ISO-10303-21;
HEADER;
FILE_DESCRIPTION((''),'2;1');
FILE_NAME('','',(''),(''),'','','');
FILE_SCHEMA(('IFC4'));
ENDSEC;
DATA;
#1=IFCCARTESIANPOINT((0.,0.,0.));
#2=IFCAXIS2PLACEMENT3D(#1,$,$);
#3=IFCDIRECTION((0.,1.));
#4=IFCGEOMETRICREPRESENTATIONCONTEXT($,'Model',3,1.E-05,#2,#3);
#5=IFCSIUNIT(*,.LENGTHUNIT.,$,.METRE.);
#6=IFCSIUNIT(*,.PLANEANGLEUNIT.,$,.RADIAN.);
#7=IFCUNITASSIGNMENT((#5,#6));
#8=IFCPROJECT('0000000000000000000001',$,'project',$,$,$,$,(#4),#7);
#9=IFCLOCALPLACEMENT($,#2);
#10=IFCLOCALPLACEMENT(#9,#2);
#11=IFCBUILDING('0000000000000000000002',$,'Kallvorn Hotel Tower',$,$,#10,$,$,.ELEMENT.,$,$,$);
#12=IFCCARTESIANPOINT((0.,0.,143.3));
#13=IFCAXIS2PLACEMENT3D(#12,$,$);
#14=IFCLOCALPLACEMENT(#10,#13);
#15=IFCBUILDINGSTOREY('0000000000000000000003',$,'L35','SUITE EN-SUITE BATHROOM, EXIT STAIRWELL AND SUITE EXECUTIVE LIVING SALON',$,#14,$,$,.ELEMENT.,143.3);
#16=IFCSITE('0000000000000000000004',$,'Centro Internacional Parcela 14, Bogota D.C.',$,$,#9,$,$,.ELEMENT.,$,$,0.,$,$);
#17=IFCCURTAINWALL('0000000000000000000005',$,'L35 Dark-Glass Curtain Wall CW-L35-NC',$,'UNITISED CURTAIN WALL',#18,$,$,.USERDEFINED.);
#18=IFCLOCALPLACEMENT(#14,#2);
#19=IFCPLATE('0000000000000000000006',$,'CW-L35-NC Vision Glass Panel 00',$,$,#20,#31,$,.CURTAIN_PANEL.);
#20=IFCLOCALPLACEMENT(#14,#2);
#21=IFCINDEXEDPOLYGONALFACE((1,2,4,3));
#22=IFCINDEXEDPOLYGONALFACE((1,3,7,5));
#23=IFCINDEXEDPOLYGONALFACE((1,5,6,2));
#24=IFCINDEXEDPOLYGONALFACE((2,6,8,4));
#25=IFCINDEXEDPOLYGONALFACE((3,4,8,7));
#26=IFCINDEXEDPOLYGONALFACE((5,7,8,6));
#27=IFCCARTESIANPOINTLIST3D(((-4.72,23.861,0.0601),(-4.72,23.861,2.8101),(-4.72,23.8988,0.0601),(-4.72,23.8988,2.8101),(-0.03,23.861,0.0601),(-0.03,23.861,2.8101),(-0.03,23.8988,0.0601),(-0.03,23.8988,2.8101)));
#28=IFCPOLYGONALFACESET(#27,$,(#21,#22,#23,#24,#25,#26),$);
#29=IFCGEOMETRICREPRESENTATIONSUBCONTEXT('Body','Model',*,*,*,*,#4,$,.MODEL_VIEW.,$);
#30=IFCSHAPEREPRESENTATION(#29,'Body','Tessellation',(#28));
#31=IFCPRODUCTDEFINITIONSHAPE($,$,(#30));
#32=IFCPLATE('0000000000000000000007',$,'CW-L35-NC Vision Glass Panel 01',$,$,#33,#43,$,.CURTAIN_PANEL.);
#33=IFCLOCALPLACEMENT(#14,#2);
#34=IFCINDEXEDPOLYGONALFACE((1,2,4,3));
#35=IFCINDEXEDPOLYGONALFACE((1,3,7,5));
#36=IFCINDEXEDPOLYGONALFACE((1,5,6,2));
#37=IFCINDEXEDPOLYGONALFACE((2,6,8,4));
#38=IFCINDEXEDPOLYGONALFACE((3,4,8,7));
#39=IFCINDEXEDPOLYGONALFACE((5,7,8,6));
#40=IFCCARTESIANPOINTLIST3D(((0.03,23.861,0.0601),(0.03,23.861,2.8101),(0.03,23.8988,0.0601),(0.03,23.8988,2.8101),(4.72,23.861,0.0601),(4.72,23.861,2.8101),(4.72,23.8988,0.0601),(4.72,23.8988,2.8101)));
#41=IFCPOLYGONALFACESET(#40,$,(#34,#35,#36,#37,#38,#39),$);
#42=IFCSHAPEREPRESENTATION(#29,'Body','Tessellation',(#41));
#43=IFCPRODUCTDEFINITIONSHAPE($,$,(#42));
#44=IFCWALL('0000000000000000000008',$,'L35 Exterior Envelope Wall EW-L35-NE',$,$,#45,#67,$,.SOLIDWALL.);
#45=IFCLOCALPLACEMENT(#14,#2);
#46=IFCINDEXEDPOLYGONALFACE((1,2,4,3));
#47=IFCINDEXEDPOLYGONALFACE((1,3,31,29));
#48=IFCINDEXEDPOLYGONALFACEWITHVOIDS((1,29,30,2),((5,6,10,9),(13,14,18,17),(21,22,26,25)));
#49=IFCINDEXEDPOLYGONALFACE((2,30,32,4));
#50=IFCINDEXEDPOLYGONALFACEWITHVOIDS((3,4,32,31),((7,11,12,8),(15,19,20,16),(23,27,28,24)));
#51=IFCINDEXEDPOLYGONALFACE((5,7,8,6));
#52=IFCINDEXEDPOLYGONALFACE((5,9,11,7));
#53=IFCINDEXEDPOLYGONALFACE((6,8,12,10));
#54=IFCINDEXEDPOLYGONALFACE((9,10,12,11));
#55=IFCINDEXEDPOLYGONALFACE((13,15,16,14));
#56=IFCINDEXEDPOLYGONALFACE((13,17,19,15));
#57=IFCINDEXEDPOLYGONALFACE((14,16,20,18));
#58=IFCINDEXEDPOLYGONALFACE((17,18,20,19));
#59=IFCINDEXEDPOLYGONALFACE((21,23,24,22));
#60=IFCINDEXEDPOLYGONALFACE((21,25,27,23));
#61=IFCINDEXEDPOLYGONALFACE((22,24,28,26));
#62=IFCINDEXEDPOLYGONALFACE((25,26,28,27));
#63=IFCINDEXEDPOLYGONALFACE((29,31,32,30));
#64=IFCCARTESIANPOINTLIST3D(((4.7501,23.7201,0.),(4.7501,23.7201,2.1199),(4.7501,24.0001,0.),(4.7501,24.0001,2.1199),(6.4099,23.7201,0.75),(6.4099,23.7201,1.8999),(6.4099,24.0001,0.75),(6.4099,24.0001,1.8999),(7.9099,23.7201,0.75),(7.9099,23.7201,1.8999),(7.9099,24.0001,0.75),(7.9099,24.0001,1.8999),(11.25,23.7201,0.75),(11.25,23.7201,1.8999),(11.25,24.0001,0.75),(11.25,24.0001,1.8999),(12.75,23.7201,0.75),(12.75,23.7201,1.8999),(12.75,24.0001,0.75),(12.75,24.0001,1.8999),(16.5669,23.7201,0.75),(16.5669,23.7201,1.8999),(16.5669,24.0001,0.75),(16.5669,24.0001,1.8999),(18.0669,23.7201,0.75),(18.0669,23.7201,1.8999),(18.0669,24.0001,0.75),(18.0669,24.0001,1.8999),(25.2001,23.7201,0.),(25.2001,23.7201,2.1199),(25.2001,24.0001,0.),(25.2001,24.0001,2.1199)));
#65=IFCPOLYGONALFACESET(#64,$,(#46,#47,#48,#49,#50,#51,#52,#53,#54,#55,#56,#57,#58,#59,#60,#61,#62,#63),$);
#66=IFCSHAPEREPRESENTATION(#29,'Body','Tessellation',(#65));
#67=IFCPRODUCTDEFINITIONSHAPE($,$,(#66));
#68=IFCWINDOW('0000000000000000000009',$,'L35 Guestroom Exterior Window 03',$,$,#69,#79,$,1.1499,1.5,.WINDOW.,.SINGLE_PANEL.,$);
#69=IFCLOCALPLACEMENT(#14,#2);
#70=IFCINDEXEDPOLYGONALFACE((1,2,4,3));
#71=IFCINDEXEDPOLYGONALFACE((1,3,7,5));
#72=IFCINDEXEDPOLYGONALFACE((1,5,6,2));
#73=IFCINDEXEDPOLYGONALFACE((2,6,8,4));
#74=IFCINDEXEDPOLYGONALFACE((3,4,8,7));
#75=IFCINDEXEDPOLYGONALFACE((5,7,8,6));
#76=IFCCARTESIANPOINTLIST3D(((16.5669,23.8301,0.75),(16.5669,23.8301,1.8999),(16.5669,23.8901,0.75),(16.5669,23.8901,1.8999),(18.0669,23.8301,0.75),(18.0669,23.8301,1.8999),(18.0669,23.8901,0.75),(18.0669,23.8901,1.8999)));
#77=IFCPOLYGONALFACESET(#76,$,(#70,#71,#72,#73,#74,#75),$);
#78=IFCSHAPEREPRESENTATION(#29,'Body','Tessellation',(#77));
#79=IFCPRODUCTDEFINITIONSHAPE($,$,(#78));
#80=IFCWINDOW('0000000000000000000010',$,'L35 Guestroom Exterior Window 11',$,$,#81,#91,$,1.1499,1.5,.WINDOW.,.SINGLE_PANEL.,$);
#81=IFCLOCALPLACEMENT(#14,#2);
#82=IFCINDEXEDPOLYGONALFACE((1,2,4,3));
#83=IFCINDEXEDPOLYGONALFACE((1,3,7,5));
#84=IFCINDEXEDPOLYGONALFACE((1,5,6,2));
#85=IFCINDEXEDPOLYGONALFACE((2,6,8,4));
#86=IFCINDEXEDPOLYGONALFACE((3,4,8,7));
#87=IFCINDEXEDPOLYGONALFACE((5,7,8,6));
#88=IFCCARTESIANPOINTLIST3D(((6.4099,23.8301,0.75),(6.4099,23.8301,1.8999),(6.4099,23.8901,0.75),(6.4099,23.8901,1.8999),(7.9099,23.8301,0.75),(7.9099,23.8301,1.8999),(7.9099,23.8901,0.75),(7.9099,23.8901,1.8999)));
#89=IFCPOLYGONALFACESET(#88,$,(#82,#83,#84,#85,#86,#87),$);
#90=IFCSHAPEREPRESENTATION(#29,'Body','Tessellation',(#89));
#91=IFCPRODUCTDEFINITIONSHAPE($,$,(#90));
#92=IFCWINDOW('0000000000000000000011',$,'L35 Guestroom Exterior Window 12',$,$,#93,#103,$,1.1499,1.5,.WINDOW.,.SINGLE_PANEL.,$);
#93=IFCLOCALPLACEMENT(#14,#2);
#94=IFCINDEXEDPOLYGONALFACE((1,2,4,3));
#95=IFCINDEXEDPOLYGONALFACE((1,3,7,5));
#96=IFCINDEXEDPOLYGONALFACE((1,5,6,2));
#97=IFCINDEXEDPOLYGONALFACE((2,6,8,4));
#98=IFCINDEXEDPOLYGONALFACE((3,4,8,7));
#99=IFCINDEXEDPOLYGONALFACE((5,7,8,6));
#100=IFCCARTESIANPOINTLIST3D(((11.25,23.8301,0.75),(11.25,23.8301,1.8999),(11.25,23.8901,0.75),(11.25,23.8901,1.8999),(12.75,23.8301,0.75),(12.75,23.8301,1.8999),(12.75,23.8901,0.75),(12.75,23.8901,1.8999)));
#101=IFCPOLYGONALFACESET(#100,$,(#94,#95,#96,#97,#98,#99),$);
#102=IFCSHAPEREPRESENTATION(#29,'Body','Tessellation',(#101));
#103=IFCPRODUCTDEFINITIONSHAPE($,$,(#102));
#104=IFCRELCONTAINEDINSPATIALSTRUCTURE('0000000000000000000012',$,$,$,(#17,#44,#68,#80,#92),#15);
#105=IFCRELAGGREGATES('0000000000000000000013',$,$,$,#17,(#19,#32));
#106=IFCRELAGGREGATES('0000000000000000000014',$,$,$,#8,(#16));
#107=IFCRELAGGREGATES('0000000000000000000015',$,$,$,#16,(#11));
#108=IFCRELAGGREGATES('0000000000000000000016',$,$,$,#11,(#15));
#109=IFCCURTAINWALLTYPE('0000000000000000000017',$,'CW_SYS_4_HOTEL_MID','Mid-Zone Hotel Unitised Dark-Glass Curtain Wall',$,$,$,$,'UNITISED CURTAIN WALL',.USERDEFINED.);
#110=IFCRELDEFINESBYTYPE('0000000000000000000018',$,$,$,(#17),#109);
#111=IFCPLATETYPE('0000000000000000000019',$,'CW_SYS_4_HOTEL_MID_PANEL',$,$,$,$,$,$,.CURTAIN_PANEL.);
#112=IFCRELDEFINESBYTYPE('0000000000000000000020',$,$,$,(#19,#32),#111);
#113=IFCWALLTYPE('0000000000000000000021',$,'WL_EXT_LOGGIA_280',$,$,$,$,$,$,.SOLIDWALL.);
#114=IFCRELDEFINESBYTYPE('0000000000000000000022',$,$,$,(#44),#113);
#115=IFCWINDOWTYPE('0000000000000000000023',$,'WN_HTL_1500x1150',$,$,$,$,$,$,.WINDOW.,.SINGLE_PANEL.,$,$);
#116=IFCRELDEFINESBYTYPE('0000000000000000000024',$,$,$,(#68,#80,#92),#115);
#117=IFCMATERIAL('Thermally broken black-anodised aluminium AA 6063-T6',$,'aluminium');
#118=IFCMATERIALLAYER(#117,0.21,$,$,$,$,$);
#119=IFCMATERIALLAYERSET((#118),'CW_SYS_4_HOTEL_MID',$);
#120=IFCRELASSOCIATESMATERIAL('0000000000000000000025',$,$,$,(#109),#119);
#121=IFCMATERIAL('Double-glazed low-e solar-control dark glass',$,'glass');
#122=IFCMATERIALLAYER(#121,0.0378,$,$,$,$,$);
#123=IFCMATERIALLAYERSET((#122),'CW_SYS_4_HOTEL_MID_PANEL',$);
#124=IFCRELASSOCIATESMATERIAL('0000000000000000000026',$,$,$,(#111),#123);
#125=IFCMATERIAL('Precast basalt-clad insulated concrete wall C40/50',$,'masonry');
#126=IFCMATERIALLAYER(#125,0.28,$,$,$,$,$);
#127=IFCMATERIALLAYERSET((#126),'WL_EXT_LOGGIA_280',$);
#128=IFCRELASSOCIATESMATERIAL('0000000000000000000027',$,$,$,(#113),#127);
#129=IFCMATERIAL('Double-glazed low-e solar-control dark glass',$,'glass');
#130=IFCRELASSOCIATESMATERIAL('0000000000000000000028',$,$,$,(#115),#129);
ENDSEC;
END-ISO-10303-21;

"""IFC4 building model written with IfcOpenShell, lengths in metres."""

from ifc_helpers import new_model, si_unit, direction, frame, frame_2d, origin, origin_2d, place, context, subcontext, project, spatial, rectangle, extrude, material, layer, layer_set, type_object, element, fill, aggregate, save


model = new_model("IFC4")

# Units and contexts
model_context = context("Model", 3, precision=1e-05, world=origin(), true_north=direction((0.0, 1.0)))
body_context = subcontext(model_context, "Body", "Model", "MODEL_VIEW")
ifc_project = project(units=[si_unit("LENGTHUNIT", "METRE"), si_unit("PLANEANGLEUNIT", "RADIAN")], contexts=[model_context])

# Site, building, storey
site_placement = place(None, origin())
site = spatial("IfcSite", under=ifc_project, at=site_placement, Name="Centro Internacional Parcela 14, Bogota D.C.", CompositionType="ELEMENT", RefElevation=0.0)
building_placement = place(site_placement, origin())
building = spatial("IfcBuilding", under=site, at=building_placement, Name="Kallvorn Hotel Tower", CompositionType="ELEMENT")
storey_placement = place(building_placement, frame((0.0, 0.0, 143.3)))
storey = spatial("IfcBuildingStorey", under=building, at=storey_placement, Name="L35", Description="SUITE EN-SUITE BATHROOM, EXIT STAIRWELL AND SUITE EXECUTIVE LIVING SALON", CompositionType="ELEMENT", Elevation=143.3)

# Curtain wall, plates
ifc_material_1 = material(Name="Thermally broken black-anodised aluminium AA 6063-T6", Category="aluminium")
ifc_layer_1 = layer(ifc_material_1, 0.21)
ifc_layer_set_1 = layer_set([ifc_layer_1], Name="CW_SYS_4_HOTEL_MID")
curtain_wall_type = type_object("IfcCurtainWallType", Name="CW_SYS_4_HOTEL_MID", Description="Mid-Zone Hotel Unitised Dark-Glass Curtain Wall", ElementType="UNITISED CURTAIN WALL", PredefinedType="USERDEFINED", material=ifc_layer_set_1)
curtain_wall_placement = place(storey_placement, origin())
curtain_wall = element("IfcCurtainWall", 1, at=curtain_wall_placement, inside=storey, type_object=curtain_wall_type, Name="L35 Dark-Glass Curtain Wall CW-L35-NC", ObjectType="UNITISED CURTAIN WALL", PredefinedType="USERDEFINED")
ifc_material_2 = material(Name="Double-glazed low-e solar-control dark glass", Category="glass")
ifc_layer_2 = layer(ifc_material_2, 0.0378)
ifc_layer_set_2 = layer_set([ifc_layer_2], Name="CW_SYS_4_HOTEL_MID_PANEL")
plate_type = type_object("IfcPlateType", Name="CW_SYS_4_HOTEL_MID_PANEL", PredefinedType="CURTAIN_PANEL", material=ifc_layer_set_2)
plate_1_placement = place(storey_placement, frame((-2.375, 23.8799, 0.0601), z_axis=(0.0, 0.0, 1.0), x_axis=(1.0, 0.0, 0.0)))
plate_1 = element("IfcPlate", 2, at=plate_1_placement, type_object=plate_type, Name="CW-L35-NC Vision Glass Panel 00", PredefinedType="CURTAIN_PANEL", context=body_context, shape_type="SweptSolid", body=[
    extrude(rectangle(XDim=4.6899, YDim=0.0378, at=origin_2d()), origin(), (0.0, 0.0, 1.0), 2.75),
])
plate_2_placement = place(storey_placement, frame((2.375, 23.8799, 0.0601), z_axis=(0.0, 0.0, 1.0), x_axis=(1.0, 0.0, 0.0)))
plate_2 = element("IfcPlate", 3, at=plate_2_placement, type_object=plate_type, Name="CW-L35-NC Vision Glass Panel 01", PredefinedType="CURTAIN_PANEL", context=body_context, shape_type="SweptSolid", body=[
    extrude(rectangle(XDim=4.6899, YDim=0.0378, at=origin_2d()), origin(), (0.0, 0.0, 1.0), 2.75),
])
aggregate(curtain_wall, [plate_1, plate_2])

# Wall, openings, windows
ifc_material_3 = material(Name="Precast basalt-clad insulated concrete wall C40/50", Category="masonry")
ifc_layer_3 = layer(ifc_material_3, 0.28)
ifc_layer_set_3 = layer_set([ifc_layer_3], Name="WL_EXT_LOGGIA_280")
wall_type = type_object("IfcWallType", Name="WL_EXT_LOGGIA_280", PredefinedType="SOLIDWALL", material=ifc_layer_set_3)
wall_placement = place(storey_placement, frame((4.75, 23.8601, 0.0), z_axis=(0.0, 0.0, 1.0), x_axis=(1.0, 0.0, 0.0)))
wall = element("IfcWall", 4, at=wall_placement, inside=storey, type_object=wall_type, Name="L35 Exterior Envelope Wall EW-L35-NE", PredefinedType="SOLIDWALL", context=body_context, shape_type="SweptSolid", body=[
    extrude(rectangle(XDim=20.45, YDim=0.28, at=frame_2d((10.2251, 0.0))), origin(), (0.0, 0.0, 1.0), 2.1199),
])
opening_1_placement = place(wall_placement, frame((11.8169, 0.0, 0.75)))
opening_1 = element("IfcOpeningElement", 5, at=opening_1_placement, cuts=wall, PredefinedType="OPENING", context=body_context, shape_type="SweptSolid", body=[
    extrude(rectangle(XDim=1.5, YDim=1.1499, at=frame_2d((0.75, 0.575))), frame((0.0, 0.155, 0.0), z_axis=(0.0, -1.0, 0.0), x_axis=(1.0, 0.0, 0.0)), (0.0, 0.0, 1.0), 0.3101),
])
opening_2_placement = place(wall_placement, frame((1.6599, 0.0, 0.75)))
opening_2 = element("IfcOpeningElement", 6, at=opening_2_placement, cuts=wall, PredefinedType="OPENING", context=body_context, shape_type="SweptSolid", body=[
    extrude(rectangle(XDim=1.5, YDim=1.1499, at=frame_2d((0.75, 0.575))), frame((0.0, 0.155, 0.0), z_axis=(0.0, -1.0, 0.0), x_axis=(1.0, 0.0, 0.0)), (0.0, 0.0, 1.0), 0.3101),
])
opening_3_placement = place(wall_placement, frame((6.5, 0.0, 0.75)))
opening_3 = element("IfcOpeningElement", 7, at=opening_3_placement, cuts=wall, PredefinedType="OPENING", context=body_context, shape_type="SweptSolid", body=[
    extrude(rectangle(XDim=1.5, YDim=1.1499, at=frame_2d((0.75, 0.575))), frame((0.0, 0.155, 0.0), z_axis=(0.0, -1.0, 0.0), x_axis=(1.0, 0.0, 0.0)), (0.0, 0.0, 1.0), 0.3101),
])
ifc_material_4 = material(Name="Double-glazed low-e solar-control dark glass", Category="glass")
window_type = type_object("IfcWindowType", Name="WN_HTL_1500x1150", PartitioningType="SINGLE_PANEL", PredefinedType="WINDOW", material=ifc_material_4)
window_1_placement = place(opening_1_placement, origin())
window_1 = element("IfcWindow", 8, at=window_1_placement, inside=storey, type_object=window_type, Name="L35 Guestroom Exterior Window 03", OverallHeight=1.1499, OverallWidth=1.5, PartitioningType="SINGLE_PANEL", PredefinedType="WINDOW", context=body_context, shape_type="SweptSolid", body=[
    extrude(rectangle(XDim=1.5, YDim=1.1499, at=frame_2d((0.75, 0.575))), frame((0.0, 0.03, 0.0), z_axis=(0.0, -1.0, 0.0), x_axis=(1.0, 0.0, 0.0)), (0.0, 0.0, 1.0), 0.0601),
])
fill(opening_1, window_1)
window_2_placement = place(opening_2_placement, origin())
window_2 = element("IfcWindow", 9, at=window_2_placement, inside=storey, type_object=window_type, Name="L35 Guestroom Exterior Window 11", OverallHeight=1.1499, OverallWidth=1.5, PartitioningType="SINGLE_PANEL", PredefinedType="WINDOW", context=body_context, shape_type="SweptSolid", body=[
    extrude(rectangle(XDim=1.5, YDim=1.1499, at=frame_2d((0.75, 0.575))), frame((0.0, 0.03, 0.0), z_axis=(0.0, -1.0, 0.0), x_axis=(1.0, 0.0, 0.0)), (0.0, 0.0, 1.0), 0.0601),
])
fill(opening_2, window_2)
window_3_placement = place(opening_3_placement, origin())
window_3 = element("IfcWindow", 10, at=window_3_placement, inside=storey, type_object=window_type, Name="L35 Guestroom Exterior Window 12", OverallHeight=1.1499, OverallWidth=1.5, PartitioningType="SINGLE_PANEL", PredefinedType="WINDOW", context=body_context, shape_type="SweptSolid", body=[
    extrude(rectangle(XDim=1.5, YDim=1.1499, at=frame_2d((0.75, 0.575))), frame((0.0, 0.03, 0.0), z_axis=(0.0, -1.0, 0.0), x_axis=(1.0, 0.0, 0.0)), (0.0, 0.0, 1.0), 0.0601),
])
fill(opening_3, window_3)

save(model, "model.ifc")
